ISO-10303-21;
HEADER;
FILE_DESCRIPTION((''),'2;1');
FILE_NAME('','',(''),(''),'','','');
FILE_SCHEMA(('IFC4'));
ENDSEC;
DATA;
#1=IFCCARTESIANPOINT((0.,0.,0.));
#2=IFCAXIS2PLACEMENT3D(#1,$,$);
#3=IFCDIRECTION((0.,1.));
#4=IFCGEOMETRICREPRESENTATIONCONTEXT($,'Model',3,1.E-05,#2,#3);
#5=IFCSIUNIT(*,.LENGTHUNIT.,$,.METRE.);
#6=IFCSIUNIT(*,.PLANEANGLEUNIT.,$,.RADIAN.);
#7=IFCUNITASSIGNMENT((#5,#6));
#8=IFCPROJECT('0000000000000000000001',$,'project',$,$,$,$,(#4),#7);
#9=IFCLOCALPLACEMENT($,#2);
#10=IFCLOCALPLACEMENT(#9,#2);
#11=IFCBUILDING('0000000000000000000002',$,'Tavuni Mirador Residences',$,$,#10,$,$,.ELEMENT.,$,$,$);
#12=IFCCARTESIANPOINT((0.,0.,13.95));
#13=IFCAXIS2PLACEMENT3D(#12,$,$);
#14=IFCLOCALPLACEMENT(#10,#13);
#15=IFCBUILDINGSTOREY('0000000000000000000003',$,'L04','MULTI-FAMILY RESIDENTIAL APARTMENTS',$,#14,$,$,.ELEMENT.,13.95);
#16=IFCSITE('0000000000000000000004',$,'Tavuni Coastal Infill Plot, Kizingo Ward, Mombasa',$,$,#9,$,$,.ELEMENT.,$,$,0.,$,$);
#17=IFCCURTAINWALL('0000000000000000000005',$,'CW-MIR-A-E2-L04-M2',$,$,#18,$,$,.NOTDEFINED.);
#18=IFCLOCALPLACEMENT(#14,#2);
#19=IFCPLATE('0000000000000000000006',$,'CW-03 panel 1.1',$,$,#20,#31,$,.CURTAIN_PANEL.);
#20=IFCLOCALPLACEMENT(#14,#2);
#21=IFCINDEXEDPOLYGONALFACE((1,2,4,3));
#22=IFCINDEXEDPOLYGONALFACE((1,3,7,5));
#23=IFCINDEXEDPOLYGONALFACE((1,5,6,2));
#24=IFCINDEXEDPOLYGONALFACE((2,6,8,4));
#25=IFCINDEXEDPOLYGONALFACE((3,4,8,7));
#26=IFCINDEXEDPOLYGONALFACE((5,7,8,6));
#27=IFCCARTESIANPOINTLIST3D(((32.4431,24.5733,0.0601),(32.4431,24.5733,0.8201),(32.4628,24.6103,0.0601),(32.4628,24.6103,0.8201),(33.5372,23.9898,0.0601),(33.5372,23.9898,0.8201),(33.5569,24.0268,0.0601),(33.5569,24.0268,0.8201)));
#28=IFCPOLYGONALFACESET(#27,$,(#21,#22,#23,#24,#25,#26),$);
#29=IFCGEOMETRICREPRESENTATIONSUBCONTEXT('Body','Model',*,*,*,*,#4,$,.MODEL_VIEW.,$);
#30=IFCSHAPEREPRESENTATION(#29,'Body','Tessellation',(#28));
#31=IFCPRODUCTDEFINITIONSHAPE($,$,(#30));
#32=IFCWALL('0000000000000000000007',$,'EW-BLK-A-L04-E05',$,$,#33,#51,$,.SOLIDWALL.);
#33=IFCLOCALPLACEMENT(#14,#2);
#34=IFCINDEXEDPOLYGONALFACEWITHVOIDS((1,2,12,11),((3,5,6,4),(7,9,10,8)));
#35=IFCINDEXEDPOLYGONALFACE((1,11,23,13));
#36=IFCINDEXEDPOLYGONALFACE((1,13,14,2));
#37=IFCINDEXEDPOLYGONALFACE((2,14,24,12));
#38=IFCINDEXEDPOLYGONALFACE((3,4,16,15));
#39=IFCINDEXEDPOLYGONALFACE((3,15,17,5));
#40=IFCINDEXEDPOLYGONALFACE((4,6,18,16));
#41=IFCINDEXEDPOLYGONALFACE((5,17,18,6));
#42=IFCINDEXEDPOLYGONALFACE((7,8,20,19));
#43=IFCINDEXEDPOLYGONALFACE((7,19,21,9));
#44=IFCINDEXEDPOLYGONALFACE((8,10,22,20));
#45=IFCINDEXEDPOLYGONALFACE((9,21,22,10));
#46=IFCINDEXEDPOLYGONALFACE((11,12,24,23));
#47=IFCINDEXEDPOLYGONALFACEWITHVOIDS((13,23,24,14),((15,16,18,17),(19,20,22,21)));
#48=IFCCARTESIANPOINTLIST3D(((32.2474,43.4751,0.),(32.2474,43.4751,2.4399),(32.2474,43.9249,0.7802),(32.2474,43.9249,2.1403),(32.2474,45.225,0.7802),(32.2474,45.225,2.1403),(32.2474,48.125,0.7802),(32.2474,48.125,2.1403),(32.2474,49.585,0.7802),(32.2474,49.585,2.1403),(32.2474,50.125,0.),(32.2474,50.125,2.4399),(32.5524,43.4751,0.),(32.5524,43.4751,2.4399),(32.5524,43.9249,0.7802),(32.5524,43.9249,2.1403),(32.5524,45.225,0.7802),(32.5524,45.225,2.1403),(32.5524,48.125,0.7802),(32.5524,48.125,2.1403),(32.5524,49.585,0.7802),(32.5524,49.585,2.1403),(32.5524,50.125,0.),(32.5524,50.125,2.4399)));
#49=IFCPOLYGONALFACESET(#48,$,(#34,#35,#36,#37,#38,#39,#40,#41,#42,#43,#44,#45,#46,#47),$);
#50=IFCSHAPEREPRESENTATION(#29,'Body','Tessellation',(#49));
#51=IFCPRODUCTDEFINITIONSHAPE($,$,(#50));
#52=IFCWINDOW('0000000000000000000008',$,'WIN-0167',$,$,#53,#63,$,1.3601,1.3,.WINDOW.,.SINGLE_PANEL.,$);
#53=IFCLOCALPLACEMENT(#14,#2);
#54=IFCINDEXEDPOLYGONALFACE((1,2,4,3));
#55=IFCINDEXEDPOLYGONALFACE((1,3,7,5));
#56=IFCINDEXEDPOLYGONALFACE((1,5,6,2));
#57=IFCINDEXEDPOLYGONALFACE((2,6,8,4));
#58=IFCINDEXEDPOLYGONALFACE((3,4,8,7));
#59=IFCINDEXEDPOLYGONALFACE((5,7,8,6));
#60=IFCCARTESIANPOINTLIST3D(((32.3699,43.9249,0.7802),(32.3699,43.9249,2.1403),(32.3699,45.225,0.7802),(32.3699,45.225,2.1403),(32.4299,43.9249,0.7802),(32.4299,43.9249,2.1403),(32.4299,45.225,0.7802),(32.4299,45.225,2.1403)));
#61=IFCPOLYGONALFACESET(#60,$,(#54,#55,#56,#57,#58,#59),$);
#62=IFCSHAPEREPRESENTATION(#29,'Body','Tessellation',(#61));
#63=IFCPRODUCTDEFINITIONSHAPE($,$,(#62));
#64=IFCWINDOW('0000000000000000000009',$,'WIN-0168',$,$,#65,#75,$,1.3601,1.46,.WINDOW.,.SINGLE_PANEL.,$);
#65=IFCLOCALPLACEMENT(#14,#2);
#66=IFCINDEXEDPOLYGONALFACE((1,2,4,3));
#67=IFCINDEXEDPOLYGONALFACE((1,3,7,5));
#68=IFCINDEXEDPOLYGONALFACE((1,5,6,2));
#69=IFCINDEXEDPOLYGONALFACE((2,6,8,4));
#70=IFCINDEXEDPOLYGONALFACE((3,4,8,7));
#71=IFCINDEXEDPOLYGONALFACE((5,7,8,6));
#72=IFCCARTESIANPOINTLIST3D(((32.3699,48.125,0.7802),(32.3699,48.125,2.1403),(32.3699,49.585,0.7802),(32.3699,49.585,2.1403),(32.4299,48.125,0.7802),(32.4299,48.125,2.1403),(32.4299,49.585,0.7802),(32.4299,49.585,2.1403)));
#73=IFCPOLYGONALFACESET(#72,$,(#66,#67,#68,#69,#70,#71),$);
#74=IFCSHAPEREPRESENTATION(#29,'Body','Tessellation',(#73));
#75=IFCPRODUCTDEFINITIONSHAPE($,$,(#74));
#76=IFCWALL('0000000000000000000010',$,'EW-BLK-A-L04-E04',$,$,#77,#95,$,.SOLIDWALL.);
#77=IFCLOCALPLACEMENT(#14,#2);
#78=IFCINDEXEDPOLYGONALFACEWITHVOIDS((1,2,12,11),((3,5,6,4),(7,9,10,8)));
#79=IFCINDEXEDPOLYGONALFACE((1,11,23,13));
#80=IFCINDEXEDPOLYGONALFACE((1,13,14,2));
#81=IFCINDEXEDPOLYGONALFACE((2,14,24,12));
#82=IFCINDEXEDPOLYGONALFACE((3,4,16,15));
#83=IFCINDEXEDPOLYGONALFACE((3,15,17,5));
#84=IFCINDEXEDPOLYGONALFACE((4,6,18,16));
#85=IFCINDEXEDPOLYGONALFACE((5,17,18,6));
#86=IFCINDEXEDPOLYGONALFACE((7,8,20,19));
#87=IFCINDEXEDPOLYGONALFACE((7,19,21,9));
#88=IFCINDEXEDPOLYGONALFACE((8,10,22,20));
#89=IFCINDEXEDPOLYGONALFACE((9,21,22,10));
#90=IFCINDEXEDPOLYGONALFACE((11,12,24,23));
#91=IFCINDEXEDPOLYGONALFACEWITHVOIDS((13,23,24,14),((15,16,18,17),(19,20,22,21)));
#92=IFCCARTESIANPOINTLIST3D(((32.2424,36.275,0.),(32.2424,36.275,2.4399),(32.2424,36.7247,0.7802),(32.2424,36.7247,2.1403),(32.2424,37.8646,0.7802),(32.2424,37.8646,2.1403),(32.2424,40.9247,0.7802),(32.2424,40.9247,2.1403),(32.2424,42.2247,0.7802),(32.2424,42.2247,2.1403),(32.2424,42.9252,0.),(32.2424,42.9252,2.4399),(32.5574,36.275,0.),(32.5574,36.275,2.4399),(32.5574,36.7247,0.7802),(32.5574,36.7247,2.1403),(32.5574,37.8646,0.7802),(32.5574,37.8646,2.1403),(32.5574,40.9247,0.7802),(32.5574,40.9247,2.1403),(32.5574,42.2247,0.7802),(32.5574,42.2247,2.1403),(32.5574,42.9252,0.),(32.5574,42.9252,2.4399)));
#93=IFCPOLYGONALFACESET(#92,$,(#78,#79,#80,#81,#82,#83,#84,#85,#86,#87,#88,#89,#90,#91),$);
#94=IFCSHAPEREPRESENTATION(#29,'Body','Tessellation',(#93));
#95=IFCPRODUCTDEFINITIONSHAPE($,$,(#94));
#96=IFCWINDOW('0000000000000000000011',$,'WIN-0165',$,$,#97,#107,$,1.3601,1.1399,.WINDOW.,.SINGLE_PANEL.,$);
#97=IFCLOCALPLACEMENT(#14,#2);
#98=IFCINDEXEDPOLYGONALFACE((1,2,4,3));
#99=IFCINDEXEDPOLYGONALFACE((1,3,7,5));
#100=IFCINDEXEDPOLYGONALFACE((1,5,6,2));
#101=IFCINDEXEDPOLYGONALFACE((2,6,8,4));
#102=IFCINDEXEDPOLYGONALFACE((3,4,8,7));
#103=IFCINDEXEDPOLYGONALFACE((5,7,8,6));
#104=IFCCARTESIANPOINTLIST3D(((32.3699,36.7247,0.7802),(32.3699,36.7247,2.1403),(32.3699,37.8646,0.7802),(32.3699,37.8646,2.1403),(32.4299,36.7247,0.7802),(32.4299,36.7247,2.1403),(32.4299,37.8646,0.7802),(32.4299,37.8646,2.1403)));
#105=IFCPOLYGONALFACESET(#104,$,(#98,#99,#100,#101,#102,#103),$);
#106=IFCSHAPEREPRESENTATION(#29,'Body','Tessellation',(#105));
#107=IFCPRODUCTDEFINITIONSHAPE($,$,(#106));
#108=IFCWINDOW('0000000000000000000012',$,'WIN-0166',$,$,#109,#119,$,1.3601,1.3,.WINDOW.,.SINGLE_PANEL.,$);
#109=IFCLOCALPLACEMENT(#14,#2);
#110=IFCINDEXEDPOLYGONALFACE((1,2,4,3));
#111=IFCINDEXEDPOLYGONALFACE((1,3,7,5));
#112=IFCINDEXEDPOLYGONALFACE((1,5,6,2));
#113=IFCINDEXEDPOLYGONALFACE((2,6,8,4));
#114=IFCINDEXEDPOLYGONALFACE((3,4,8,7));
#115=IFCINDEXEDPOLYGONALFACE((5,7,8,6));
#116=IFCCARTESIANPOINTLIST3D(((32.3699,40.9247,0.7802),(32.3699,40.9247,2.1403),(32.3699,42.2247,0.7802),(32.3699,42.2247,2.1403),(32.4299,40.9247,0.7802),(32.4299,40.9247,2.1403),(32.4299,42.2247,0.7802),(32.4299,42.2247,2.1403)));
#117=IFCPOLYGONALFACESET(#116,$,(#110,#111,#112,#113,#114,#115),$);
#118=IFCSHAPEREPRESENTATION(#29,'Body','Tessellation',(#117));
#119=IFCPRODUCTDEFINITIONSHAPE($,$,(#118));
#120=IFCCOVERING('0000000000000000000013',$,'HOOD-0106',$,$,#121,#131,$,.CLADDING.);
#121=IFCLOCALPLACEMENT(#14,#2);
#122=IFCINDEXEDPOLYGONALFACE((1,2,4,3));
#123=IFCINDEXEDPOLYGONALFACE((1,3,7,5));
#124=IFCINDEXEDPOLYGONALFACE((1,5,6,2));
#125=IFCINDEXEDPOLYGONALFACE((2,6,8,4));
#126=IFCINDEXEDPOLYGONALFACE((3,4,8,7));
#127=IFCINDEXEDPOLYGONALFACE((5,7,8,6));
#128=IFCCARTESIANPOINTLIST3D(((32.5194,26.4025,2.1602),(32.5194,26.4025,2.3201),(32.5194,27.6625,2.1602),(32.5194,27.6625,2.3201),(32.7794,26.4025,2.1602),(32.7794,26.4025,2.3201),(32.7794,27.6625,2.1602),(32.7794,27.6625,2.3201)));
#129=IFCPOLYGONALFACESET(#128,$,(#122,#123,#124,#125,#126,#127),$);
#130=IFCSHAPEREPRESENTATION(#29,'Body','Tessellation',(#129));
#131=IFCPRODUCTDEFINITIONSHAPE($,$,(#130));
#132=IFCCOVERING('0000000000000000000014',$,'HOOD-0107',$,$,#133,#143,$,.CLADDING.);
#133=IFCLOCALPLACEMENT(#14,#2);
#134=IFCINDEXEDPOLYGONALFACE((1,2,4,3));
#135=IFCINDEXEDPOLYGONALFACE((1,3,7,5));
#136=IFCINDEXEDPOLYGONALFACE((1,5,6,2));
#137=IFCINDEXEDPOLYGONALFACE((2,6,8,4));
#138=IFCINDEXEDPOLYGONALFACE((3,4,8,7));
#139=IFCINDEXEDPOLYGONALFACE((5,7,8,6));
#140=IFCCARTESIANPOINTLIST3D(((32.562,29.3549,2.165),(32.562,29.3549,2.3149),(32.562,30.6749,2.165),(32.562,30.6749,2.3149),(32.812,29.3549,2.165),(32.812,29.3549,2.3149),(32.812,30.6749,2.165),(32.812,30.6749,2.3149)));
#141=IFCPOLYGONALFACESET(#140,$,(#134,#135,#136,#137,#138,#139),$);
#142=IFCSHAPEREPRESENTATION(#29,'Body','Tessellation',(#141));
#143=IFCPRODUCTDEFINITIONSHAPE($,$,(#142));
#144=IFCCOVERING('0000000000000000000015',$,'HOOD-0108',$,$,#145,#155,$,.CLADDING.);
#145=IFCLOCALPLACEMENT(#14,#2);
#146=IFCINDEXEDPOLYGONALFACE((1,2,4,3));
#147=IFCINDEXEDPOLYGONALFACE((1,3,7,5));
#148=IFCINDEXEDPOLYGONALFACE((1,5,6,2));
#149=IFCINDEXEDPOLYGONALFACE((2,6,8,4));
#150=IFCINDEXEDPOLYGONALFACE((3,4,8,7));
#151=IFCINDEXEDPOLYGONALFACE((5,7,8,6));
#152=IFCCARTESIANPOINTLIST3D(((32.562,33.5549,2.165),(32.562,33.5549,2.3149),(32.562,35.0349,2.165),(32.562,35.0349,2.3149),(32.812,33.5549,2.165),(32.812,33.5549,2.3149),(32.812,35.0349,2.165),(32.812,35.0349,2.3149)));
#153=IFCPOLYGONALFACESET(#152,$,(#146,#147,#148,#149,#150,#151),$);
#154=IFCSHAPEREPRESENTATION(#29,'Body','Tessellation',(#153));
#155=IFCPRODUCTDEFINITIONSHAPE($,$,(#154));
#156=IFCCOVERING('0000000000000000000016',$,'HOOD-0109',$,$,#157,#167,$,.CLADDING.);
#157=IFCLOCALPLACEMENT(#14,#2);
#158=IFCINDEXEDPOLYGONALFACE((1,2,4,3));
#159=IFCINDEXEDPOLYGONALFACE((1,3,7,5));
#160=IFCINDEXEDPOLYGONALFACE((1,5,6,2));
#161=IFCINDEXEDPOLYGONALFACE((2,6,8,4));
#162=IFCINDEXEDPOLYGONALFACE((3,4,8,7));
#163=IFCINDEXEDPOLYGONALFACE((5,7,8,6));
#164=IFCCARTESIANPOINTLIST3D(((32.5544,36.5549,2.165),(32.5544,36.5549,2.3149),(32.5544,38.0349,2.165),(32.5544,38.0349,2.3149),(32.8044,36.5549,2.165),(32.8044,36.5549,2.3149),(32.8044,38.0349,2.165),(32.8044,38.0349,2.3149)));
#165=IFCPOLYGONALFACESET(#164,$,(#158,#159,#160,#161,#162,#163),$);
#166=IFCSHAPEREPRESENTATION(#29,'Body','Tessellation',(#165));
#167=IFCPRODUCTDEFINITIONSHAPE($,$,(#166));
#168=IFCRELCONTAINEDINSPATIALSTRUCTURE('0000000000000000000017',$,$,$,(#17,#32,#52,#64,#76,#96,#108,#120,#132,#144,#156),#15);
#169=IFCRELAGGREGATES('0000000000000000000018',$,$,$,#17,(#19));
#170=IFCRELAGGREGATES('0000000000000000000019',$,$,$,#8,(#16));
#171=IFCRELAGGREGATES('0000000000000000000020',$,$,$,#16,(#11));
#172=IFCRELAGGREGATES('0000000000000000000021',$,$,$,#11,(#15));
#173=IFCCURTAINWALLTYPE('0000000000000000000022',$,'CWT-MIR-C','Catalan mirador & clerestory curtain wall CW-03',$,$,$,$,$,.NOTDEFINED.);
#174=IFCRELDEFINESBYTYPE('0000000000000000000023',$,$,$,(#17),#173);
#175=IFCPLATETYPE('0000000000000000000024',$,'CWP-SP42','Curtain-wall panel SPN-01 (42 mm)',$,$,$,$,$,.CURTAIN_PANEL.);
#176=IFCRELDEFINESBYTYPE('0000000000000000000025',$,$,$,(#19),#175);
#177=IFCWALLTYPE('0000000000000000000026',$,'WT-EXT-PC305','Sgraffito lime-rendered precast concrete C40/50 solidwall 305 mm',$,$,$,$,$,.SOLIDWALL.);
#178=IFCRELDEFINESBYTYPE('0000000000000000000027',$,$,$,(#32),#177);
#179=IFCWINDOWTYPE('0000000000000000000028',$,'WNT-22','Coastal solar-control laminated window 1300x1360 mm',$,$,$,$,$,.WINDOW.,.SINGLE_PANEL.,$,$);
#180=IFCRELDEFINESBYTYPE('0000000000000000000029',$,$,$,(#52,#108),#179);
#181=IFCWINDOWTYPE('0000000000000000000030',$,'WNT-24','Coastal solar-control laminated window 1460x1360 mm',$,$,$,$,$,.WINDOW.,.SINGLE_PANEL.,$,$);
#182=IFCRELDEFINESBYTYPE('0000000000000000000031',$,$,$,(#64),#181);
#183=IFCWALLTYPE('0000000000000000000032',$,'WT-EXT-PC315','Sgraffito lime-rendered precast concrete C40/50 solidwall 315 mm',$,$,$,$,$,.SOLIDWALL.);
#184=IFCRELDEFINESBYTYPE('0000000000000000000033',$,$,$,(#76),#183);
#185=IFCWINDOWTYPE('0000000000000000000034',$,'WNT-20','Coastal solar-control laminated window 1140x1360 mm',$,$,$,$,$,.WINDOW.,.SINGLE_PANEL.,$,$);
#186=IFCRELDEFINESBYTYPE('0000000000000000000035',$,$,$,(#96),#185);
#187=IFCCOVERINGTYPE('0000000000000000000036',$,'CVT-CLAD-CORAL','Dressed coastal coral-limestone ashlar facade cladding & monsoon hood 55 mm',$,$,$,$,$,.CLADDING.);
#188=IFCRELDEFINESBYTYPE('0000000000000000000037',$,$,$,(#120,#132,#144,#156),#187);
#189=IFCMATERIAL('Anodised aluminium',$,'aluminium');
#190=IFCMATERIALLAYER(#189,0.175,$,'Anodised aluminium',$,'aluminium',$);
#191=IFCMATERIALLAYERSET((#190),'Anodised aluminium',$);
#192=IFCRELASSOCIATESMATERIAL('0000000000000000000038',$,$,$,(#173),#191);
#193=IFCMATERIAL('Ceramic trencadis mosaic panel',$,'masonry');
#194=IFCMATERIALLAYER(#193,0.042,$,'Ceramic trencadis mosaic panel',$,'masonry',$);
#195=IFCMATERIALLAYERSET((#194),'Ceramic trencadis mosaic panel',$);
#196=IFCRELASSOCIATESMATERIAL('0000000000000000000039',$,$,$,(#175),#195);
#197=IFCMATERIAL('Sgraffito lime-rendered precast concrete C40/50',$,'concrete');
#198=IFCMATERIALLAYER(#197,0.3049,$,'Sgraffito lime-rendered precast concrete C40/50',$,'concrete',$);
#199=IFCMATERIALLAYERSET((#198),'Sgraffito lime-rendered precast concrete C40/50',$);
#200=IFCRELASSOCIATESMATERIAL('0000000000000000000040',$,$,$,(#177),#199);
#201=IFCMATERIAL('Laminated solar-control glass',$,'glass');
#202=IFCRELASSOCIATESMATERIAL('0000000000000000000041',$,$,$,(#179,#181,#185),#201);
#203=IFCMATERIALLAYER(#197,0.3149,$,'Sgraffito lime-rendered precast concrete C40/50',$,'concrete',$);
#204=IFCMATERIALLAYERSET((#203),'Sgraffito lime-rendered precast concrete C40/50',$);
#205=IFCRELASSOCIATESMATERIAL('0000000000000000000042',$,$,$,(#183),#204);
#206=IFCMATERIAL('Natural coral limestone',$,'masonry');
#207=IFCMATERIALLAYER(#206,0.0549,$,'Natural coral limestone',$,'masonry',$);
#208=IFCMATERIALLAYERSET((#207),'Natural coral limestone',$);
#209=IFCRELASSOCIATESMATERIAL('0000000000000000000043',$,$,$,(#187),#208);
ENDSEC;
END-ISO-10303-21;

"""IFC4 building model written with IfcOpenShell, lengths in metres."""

from ifc_helpers import new_model, si_unit, direction, frame, frame_2d, origin, origin_2d, place, context, subcontext, project, spatial, rectangle, extrude, material, layer, layer_set, type_object, element, fill, aggregate, save


model = new_model("IFC4")

# Units and contexts
model_context = context("Model", 3, precision=1e-05, world=origin(), true_north=direction((0.0, 1.0)))
body_context = subcontext(model_context, "Body", "Model", "MODEL_VIEW")
ifc_project = project(units=[si_unit("LENGTHUNIT", "METRE"), si_unit("PLANEANGLEUNIT", "RADIAN")], contexts=[model_context])

# Site, building, storey
site_placement = place(None, origin())
site = spatial("IfcSite", under=ifc_project, at=site_placement, Name="Tavuni Coastal Infill Plot, Kizingo Ward, Mombasa", CompositionType="ELEMENT", RefElevation=0.0)
building_placement = place(site_placement, origin())
building = spatial("IfcBuilding", under=site, at=building_placement, Name="Tavuni Mirador Residences", CompositionType="ELEMENT")
storey_placement = place(building_placement, frame((0.0, 0.0, 13.95)))
storey = spatial("IfcBuildingStorey", under=building, at=storey_placement, Name="L04", Description="MULTI-FAMILY RESIDENTIAL APARTMENTS", CompositionType="ELEMENT", Elevation=13.95)

# Curtain wall
ifc_material_1 = material(Name="Anodised aluminium", Category="aluminium")
ifc_layer_1 = layer(ifc_material_1, 0.175, Name="Anodised aluminium", Category="aluminium")
ifc_layer_set_1 = layer_set([ifc_layer_1], Name="Anodised aluminium")
curtain_wall_type_1 = type_object("IfcCurtainWallType", Name="CWT-MIR-C", Description="Catalan mirador & clerestory curtain wall CW-03", PredefinedType="NOTDEFINED", material=ifc_layer_set_1)
curtain_wall_1_placement = place(storey_placement, origin())
curtain_wall_1 = element("IfcCurtainWall", 1, at=curtain_wall_1_placement, inside=storey, type_object=curtain_wall_type_1, Name="CW-MIR-A-E2-L04-M2", PredefinedType="NOTDEFINED")

# Shared definitions
ifc_material_2 = material(Name="Laminated solar-control glass", Category="glass")

# Plate
ifc_material_3 = material(Name="Ceramic trencadis mosaic panel", Category="masonry")
ifc_layer_2 = layer(ifc_material_3, 0.042, Name="Ceramic trencadis mosaic panel", Category="masonry")
ifc_layer_set_2 = layer_set([ifc_layer_2], Name="Ceramic trencadis mosaic panel")
plate_type_1 = type_object("IfcPlateType", Name="CWP-SP42", Description="Curtain-wall panel SPN-01 (42 mm)", PredefinedType="CURTAIN_PANEL", material=ifc_layer_set_2)
plate_1_placement = place(storey_placement, frame((33.0, 24.3, 0.0601), z_axis=(0.0, 0.0, 1.0), x_axis=(-0.882353, 0.470588, 0.0)))
plate_1 = element("IfcPlate", 2, at=plate_1_placement, type_object=plate_type_1, Name="CW-03 panel 1.1", PredefinedType="CURTAIN_PANEL", context=body_context, shape_type="SweptSolid", body=[
    extrude(rectangle(XDim=1.24, YDim=0.042, at=origin_2d()), origin(), (0.0, 0.0, 1.0), 0.76),
])
aggregate(curtain_wall_1, [plate_1])

# Walls, openings, windows
ifc_material_4 = material(Name="Sgraffito lime-rendered precast concrete C40/50", Category="concrete")
ifc_layer_3 = layer(ifc_material_4, 0.3049, Name="Sgraffito lime-rendered precast concrete C40/50", Category="concrete")
ifc_layer_set_3 = layer_set([ifc_layer_3], Name="Sgraffito lime-rendered precast concrete C40/50")
wall_type_1 = type_object("IfcWallType", Name="WT-EXT-PC305", Description="Sgraffito lime-rendered precast concrete C40/50 solidwall 305 mm", PredefinedType="SOLIDWALL", material=ifc_layer_set_3)
wall_1_placement = place(storey_placement, frame((32.3999, 43.4751, 0.0), z_axis=(0.0, 0.0, 1.0), x_axis=(0.0, 1.0, 0.0)))
wall_1 = element("IfcWall", 3, at=wall_1_placement, inside=storey, type_object=wall_type_1, Name="EW-BLK-A-L04-E05", PredefinedType="SOLIDWALL", context=body_context, shape_type="SweptSolid", body=[
    extrude(rectangle(XDim=6.6499, YDim=0.3049, at=frame_2d((3.325, 0.0))), origin(), (0.0, 0.0, 1.0), 2.4399),
])
opening_1_placement = place(wall_1_placement, frame((0.45, 0.0, 0.78)))
opening_1 = element("IfcOpeningElement", 4, at=opening_1_placement, cuts=wall_1, PredefinedType="OPENING", context=body_context, shape_type="SweptSolid", body=[
    extrude(rectangle(XDim=1.3, YDim=1.3601, at=frame_2d((0.6499, 0.6802))), frame((0.0, 0.1626, 0.0), z_axis=(0.0, -1.0, 0.0), x_axis=(1.0, 0.0, 0.0)), (0.0, 0.0, 1.0), 0.325),
])
opening_2_placement = place(wall_1_placement, frame((4.6499, 0.0, 0.78)))
opening_2 = element("IfcOpeningElement", 5, at=opening_2_placement, cuts=wall_1, PredefinedType="OPENING", context=body_context, shape_type="SweptSolid", body=[
    extrude(rectangle(XDim=1.46, YDim=1.3601, at=frame_2d((0.73, 0.6802))), frame((0.0, 0.1626, 0.0), z_axis=(0.0, -1.0, 0.0), x_axis=(1.0, 0.0, 0.0)), (0.0, 0.0, 1.0), 0.325),
])
window_type_1 = type_object("IfcWindowType", Name="WNT-22", Description="Coastal solar-control laminated window 1300x1360 mm", PartitioningType="SINGLE_PANEL", PredefinedType="WINDOW", material=ifc_material_2)
window_1_placement = place(opening_1_placement, origin())
window_1 = element("IfcWindow", 6, at=window_1_placement, inside=storey, type_object=window_type_1, Name="WIN-0167", OverallHeight=1.3601, OverallWidth=1.3, PartitioningType="SINGLE_PANEL", PredefinedType="WINDOW", context=body_context, shape_type="SweptSolid", body=[
    extrude(rectangle(XDim=1.3, YDim=1.3601, at=frame_2d((0.6499, 0.6802))), frame((0.0, 0.03, 0.0), z_axis=(0.0, -1.0, 0.0), x_axis=(1.0, 0.0, 0.0)), (0.0, 0.0, 1.0), 0.0601),
])
fill(opening_1, window_1)
window_type_2 = type_object("IfcWindowType", Name="WNT-24", Description="Coastal solar-control laminated window 1460x1360 mm", PartitioningType="SINGLE_PANEL", PredefinedType="WINDOW", material=ifc_material_2)
window_2_placement = place(opening_2_placement, origin())
window_2 = element("IfcWindow", 7, at=window_2_placement, inside=storey, type_object=window_type_2, Name="WIN-0168", OverallHeight=1.3601, OverallWidth=1.46, PartitioningType="SINGLE_PANEL", PredefinedType="WINDOW", context=body_context, shape_type="SweptSolid", body=[
    extrude(rectangle(XDim=1.46, YDim=1.3601, at=frame_2d((0.73, 0.6802))), frame((0.0, 0.03, 0.0), z_axis=(0.0, -1.0, 0.0), x_axis=(1.0, 0.0, 0.0)), (0.0, 0.0, 1.0), 0.0601),
])
fill(opening_2, window_2)
ifc_layer_4 = layer(ifc_material_4, 0.3149, Name="Sgraffito lime-rendered precast concrete C40/50", Category="concrete")
ifc_layer_set_4 = layer_set([ifc_layer_4], Name="Sgraffito lime-rendered precast concrete C40/50")
wall_type_2 = type_object("IfcWallType", Name="WT-EXT-PC315", Description="Sgraffito lime-rendered precast concrete C40/50 solidwall 315 mm", PredefinedType="SOLIDWALL", material=ifc_layer_set_4)
wall_2_placement = place(storey_placement, frame((32.3999, 36.2749, 0.0), z_axis=(0.0, 0.0, 1.0), x_axis=(0.0, 1.0, 0.0)))
wall_2 = element("IfcWall", 8, at=wall_2_placement, inside=storey, type_object=wall_type_2, Name="EW-BLK-A-L04-E04", PredefinedType="SOLIDWALL", context=body_context, shape_type="SweptSolid", body=[
    extrude(rectangle(XDim=6.6501, YDim=0.3149, at=frame_2d((3.3252, 0.0))), origin(), (0.0, 0.0, 1.0), 2.4399),
])
opening_3_placement = place(wall_2_placement, frame((0.45, 0.0, 0.78)))
opening_3 = element("IfcOpeningElement", 9, at=opening_3_placement, cuts=wall_2, PredefinedType="OPENING", context=body_context, shape_type="SweptSolid", body=[
    extrude(rectangle(XDim=1.1399, YDim=1.3601, at=frame_2d((0.5698, 0.6802))), frame((0.0, 0.1675, 0.0), z_axis=(0.0, -1.0, 0.0), x_axis=(1.0, 0.0, 0.0)), (0.0, 0.0, 1.0), 0.335),
])
opening_4_placement = place(wall_2_placement, frame((4.6499, 0.0, 0.78)))
opening_4 = element("IfcOpeningElement", 10, at=opening_4_placement, cuts=wall_2, PredefinedType="OPENING", context=body_context, shape_type="SweptSolid", body=[
    extrude(rectangle(XDim=1.3, YDim=1.3601, at=frame_2d((0.6499, 0.6802))), frame((0.0, 0.1675, 0.0), z_axis=(0.0, -1.0, 0.0), x_axis=(1.0, 0.0, 0.0)), (0.0, 0.0, 1.0), 0.335),
])
window_type_3 = type_object("IfcWindowType", Name="WNT-20", Description="Coastal solar-control laminated window 1140x1360 mm", PartitioningType="SINGLE_PANEL", PredefinedType="WINDOW", material=ifc_material_2)
window_3_placement = place(opening_3_placement, origin())
window_3 = element("IfcWindow", 11, at=window_3_placement, inside=storey, type_object=window_type_3, Name="WIN-0165", OverallHeight=1.3601, OverallWidth=1.1399, PartitioningType="SINGLE_PANEL", PredefinedType="WINDOW", context=body_context, shape_type="SweptSolid", body=[
    extrude(rectangle(XDim=1.1399, YDim=1.3601, at=frame_2d((0.5698, 0.6802))), frame((0.0, 0.03, 0.0), z_axis=(0.0, -1.0, 0.0), x_axis=(1.0, 0.0, 0.0)), (0.0, 0.0, 1.0), 0.0601),
])
fill(opening_3, window_3)
window_4_placement = place(opening_4_placement, origin())
window_4 = element("IfcWindow", 12, at=window_4_placement, inside=storey, type_object=window_type_1, Name="WIN-0166", OverallHeight=1.3601, OverallWidth=1.3, PartitioningType="SINGLE_PANEL", PredefinedType="WINDOW", context=body_context, shape_type="SweptSolid", body=[
    extrude(rectangle(XDim=1.3, YDim=1.3601, at=frame_2d((0.6499, 0.6802))), frame((0.0, 0.03, 0.0), z_axis=(0.0, -1.0, 0.0), x_axis=(1.0, 0.0, 0.0)), (0.0, 0.0, 1.0), 0.0601),
])
fill(opening_4, window_4)

# Coverings
ifc_material_5 = material(Name="Natural coral limestone", Category="masonry")
ifc_layer_5 = layer(ifc_material_5, 0.0549, Name="Natural coral limestone", Category="masonry")
ifc_layer_set_5 = layer_set([ifc_layer_5], Name="Natural coral limestone")
covering_type = type_object("IfcCoveringType", Name="CVT-CLAD-CORAL", Description="Dressed coastal coral-limestone ashlar facade cladding & monsoon hood 55 mm", PredefinedType="CLADDING", material=ifc_layer_set_5)
covering_1_placement = place(storey_placement, frame((32.6494, 27.0325, 2.1602), z_axis=(0.0, 0.0, 1.0), x_axis=(0.0, 1.0, 0.0)))
element("IfcCovering", 13, at=covering_1_placement, inside=storey, type_object=covering_type, Name="HOOD-0106", PredefinedType="CLADDING", context=body_context, shape_type="SweptSolid", body=[
    extrude(rectangle(XDim=1.26, YDim=0.26, at=origin_2d()), origin(), (0.0, 0.0, 1.0), 0.1599),
])
covering_2_placement = place(storey_placement, frame((32.687, 30.0149, 2.165), z_axis=(0.0, 0.0, 1.0), x_axis=(0.0, 1.0, 0.0)))
element("IfcCovering", 14, at=covering_2_placement, inside=storey, type_object=covering_type, Name="HOOD-0107", PredefinedType="CLADDING", context=body_context, shape_type="SweptSolid", body=[
    extrude(rectangle(XDim=1.3201, YDim=0.25, at=origin_2d()), origin(), (0.0, 0.0, 1.0), 0.1499),
])
for number, where, z_axis, x_axis, name in (
    (15, (32.687, 34.2949, 2.165), (0.0, 0.0, 1.0), (0.0, 1.0, 0.0), "HOOD-0108"),
    (16, (32.6794, 37.2949, 2.165), (0.0, 0.0, 1.0), (0.0, 1.0, 0.0), "HOOD-0109"),
):
    element("IfcCovering", number, at=place(storey_placement, frame(where, z_axis=z_axis, x_axis=x_axis)), inside=storey, type_object=covering_type, Name=name, PredefinedType="CLADDING", context=body_context, shape_type="SweptSolid", body=[
        extrude(rectangle(XDim=1.48, YDim=0.25, at=origin_2d()), origin(), (0.0, 0.0, 1.0), 0.1499),
    ])

save(model, "model.ifc")
